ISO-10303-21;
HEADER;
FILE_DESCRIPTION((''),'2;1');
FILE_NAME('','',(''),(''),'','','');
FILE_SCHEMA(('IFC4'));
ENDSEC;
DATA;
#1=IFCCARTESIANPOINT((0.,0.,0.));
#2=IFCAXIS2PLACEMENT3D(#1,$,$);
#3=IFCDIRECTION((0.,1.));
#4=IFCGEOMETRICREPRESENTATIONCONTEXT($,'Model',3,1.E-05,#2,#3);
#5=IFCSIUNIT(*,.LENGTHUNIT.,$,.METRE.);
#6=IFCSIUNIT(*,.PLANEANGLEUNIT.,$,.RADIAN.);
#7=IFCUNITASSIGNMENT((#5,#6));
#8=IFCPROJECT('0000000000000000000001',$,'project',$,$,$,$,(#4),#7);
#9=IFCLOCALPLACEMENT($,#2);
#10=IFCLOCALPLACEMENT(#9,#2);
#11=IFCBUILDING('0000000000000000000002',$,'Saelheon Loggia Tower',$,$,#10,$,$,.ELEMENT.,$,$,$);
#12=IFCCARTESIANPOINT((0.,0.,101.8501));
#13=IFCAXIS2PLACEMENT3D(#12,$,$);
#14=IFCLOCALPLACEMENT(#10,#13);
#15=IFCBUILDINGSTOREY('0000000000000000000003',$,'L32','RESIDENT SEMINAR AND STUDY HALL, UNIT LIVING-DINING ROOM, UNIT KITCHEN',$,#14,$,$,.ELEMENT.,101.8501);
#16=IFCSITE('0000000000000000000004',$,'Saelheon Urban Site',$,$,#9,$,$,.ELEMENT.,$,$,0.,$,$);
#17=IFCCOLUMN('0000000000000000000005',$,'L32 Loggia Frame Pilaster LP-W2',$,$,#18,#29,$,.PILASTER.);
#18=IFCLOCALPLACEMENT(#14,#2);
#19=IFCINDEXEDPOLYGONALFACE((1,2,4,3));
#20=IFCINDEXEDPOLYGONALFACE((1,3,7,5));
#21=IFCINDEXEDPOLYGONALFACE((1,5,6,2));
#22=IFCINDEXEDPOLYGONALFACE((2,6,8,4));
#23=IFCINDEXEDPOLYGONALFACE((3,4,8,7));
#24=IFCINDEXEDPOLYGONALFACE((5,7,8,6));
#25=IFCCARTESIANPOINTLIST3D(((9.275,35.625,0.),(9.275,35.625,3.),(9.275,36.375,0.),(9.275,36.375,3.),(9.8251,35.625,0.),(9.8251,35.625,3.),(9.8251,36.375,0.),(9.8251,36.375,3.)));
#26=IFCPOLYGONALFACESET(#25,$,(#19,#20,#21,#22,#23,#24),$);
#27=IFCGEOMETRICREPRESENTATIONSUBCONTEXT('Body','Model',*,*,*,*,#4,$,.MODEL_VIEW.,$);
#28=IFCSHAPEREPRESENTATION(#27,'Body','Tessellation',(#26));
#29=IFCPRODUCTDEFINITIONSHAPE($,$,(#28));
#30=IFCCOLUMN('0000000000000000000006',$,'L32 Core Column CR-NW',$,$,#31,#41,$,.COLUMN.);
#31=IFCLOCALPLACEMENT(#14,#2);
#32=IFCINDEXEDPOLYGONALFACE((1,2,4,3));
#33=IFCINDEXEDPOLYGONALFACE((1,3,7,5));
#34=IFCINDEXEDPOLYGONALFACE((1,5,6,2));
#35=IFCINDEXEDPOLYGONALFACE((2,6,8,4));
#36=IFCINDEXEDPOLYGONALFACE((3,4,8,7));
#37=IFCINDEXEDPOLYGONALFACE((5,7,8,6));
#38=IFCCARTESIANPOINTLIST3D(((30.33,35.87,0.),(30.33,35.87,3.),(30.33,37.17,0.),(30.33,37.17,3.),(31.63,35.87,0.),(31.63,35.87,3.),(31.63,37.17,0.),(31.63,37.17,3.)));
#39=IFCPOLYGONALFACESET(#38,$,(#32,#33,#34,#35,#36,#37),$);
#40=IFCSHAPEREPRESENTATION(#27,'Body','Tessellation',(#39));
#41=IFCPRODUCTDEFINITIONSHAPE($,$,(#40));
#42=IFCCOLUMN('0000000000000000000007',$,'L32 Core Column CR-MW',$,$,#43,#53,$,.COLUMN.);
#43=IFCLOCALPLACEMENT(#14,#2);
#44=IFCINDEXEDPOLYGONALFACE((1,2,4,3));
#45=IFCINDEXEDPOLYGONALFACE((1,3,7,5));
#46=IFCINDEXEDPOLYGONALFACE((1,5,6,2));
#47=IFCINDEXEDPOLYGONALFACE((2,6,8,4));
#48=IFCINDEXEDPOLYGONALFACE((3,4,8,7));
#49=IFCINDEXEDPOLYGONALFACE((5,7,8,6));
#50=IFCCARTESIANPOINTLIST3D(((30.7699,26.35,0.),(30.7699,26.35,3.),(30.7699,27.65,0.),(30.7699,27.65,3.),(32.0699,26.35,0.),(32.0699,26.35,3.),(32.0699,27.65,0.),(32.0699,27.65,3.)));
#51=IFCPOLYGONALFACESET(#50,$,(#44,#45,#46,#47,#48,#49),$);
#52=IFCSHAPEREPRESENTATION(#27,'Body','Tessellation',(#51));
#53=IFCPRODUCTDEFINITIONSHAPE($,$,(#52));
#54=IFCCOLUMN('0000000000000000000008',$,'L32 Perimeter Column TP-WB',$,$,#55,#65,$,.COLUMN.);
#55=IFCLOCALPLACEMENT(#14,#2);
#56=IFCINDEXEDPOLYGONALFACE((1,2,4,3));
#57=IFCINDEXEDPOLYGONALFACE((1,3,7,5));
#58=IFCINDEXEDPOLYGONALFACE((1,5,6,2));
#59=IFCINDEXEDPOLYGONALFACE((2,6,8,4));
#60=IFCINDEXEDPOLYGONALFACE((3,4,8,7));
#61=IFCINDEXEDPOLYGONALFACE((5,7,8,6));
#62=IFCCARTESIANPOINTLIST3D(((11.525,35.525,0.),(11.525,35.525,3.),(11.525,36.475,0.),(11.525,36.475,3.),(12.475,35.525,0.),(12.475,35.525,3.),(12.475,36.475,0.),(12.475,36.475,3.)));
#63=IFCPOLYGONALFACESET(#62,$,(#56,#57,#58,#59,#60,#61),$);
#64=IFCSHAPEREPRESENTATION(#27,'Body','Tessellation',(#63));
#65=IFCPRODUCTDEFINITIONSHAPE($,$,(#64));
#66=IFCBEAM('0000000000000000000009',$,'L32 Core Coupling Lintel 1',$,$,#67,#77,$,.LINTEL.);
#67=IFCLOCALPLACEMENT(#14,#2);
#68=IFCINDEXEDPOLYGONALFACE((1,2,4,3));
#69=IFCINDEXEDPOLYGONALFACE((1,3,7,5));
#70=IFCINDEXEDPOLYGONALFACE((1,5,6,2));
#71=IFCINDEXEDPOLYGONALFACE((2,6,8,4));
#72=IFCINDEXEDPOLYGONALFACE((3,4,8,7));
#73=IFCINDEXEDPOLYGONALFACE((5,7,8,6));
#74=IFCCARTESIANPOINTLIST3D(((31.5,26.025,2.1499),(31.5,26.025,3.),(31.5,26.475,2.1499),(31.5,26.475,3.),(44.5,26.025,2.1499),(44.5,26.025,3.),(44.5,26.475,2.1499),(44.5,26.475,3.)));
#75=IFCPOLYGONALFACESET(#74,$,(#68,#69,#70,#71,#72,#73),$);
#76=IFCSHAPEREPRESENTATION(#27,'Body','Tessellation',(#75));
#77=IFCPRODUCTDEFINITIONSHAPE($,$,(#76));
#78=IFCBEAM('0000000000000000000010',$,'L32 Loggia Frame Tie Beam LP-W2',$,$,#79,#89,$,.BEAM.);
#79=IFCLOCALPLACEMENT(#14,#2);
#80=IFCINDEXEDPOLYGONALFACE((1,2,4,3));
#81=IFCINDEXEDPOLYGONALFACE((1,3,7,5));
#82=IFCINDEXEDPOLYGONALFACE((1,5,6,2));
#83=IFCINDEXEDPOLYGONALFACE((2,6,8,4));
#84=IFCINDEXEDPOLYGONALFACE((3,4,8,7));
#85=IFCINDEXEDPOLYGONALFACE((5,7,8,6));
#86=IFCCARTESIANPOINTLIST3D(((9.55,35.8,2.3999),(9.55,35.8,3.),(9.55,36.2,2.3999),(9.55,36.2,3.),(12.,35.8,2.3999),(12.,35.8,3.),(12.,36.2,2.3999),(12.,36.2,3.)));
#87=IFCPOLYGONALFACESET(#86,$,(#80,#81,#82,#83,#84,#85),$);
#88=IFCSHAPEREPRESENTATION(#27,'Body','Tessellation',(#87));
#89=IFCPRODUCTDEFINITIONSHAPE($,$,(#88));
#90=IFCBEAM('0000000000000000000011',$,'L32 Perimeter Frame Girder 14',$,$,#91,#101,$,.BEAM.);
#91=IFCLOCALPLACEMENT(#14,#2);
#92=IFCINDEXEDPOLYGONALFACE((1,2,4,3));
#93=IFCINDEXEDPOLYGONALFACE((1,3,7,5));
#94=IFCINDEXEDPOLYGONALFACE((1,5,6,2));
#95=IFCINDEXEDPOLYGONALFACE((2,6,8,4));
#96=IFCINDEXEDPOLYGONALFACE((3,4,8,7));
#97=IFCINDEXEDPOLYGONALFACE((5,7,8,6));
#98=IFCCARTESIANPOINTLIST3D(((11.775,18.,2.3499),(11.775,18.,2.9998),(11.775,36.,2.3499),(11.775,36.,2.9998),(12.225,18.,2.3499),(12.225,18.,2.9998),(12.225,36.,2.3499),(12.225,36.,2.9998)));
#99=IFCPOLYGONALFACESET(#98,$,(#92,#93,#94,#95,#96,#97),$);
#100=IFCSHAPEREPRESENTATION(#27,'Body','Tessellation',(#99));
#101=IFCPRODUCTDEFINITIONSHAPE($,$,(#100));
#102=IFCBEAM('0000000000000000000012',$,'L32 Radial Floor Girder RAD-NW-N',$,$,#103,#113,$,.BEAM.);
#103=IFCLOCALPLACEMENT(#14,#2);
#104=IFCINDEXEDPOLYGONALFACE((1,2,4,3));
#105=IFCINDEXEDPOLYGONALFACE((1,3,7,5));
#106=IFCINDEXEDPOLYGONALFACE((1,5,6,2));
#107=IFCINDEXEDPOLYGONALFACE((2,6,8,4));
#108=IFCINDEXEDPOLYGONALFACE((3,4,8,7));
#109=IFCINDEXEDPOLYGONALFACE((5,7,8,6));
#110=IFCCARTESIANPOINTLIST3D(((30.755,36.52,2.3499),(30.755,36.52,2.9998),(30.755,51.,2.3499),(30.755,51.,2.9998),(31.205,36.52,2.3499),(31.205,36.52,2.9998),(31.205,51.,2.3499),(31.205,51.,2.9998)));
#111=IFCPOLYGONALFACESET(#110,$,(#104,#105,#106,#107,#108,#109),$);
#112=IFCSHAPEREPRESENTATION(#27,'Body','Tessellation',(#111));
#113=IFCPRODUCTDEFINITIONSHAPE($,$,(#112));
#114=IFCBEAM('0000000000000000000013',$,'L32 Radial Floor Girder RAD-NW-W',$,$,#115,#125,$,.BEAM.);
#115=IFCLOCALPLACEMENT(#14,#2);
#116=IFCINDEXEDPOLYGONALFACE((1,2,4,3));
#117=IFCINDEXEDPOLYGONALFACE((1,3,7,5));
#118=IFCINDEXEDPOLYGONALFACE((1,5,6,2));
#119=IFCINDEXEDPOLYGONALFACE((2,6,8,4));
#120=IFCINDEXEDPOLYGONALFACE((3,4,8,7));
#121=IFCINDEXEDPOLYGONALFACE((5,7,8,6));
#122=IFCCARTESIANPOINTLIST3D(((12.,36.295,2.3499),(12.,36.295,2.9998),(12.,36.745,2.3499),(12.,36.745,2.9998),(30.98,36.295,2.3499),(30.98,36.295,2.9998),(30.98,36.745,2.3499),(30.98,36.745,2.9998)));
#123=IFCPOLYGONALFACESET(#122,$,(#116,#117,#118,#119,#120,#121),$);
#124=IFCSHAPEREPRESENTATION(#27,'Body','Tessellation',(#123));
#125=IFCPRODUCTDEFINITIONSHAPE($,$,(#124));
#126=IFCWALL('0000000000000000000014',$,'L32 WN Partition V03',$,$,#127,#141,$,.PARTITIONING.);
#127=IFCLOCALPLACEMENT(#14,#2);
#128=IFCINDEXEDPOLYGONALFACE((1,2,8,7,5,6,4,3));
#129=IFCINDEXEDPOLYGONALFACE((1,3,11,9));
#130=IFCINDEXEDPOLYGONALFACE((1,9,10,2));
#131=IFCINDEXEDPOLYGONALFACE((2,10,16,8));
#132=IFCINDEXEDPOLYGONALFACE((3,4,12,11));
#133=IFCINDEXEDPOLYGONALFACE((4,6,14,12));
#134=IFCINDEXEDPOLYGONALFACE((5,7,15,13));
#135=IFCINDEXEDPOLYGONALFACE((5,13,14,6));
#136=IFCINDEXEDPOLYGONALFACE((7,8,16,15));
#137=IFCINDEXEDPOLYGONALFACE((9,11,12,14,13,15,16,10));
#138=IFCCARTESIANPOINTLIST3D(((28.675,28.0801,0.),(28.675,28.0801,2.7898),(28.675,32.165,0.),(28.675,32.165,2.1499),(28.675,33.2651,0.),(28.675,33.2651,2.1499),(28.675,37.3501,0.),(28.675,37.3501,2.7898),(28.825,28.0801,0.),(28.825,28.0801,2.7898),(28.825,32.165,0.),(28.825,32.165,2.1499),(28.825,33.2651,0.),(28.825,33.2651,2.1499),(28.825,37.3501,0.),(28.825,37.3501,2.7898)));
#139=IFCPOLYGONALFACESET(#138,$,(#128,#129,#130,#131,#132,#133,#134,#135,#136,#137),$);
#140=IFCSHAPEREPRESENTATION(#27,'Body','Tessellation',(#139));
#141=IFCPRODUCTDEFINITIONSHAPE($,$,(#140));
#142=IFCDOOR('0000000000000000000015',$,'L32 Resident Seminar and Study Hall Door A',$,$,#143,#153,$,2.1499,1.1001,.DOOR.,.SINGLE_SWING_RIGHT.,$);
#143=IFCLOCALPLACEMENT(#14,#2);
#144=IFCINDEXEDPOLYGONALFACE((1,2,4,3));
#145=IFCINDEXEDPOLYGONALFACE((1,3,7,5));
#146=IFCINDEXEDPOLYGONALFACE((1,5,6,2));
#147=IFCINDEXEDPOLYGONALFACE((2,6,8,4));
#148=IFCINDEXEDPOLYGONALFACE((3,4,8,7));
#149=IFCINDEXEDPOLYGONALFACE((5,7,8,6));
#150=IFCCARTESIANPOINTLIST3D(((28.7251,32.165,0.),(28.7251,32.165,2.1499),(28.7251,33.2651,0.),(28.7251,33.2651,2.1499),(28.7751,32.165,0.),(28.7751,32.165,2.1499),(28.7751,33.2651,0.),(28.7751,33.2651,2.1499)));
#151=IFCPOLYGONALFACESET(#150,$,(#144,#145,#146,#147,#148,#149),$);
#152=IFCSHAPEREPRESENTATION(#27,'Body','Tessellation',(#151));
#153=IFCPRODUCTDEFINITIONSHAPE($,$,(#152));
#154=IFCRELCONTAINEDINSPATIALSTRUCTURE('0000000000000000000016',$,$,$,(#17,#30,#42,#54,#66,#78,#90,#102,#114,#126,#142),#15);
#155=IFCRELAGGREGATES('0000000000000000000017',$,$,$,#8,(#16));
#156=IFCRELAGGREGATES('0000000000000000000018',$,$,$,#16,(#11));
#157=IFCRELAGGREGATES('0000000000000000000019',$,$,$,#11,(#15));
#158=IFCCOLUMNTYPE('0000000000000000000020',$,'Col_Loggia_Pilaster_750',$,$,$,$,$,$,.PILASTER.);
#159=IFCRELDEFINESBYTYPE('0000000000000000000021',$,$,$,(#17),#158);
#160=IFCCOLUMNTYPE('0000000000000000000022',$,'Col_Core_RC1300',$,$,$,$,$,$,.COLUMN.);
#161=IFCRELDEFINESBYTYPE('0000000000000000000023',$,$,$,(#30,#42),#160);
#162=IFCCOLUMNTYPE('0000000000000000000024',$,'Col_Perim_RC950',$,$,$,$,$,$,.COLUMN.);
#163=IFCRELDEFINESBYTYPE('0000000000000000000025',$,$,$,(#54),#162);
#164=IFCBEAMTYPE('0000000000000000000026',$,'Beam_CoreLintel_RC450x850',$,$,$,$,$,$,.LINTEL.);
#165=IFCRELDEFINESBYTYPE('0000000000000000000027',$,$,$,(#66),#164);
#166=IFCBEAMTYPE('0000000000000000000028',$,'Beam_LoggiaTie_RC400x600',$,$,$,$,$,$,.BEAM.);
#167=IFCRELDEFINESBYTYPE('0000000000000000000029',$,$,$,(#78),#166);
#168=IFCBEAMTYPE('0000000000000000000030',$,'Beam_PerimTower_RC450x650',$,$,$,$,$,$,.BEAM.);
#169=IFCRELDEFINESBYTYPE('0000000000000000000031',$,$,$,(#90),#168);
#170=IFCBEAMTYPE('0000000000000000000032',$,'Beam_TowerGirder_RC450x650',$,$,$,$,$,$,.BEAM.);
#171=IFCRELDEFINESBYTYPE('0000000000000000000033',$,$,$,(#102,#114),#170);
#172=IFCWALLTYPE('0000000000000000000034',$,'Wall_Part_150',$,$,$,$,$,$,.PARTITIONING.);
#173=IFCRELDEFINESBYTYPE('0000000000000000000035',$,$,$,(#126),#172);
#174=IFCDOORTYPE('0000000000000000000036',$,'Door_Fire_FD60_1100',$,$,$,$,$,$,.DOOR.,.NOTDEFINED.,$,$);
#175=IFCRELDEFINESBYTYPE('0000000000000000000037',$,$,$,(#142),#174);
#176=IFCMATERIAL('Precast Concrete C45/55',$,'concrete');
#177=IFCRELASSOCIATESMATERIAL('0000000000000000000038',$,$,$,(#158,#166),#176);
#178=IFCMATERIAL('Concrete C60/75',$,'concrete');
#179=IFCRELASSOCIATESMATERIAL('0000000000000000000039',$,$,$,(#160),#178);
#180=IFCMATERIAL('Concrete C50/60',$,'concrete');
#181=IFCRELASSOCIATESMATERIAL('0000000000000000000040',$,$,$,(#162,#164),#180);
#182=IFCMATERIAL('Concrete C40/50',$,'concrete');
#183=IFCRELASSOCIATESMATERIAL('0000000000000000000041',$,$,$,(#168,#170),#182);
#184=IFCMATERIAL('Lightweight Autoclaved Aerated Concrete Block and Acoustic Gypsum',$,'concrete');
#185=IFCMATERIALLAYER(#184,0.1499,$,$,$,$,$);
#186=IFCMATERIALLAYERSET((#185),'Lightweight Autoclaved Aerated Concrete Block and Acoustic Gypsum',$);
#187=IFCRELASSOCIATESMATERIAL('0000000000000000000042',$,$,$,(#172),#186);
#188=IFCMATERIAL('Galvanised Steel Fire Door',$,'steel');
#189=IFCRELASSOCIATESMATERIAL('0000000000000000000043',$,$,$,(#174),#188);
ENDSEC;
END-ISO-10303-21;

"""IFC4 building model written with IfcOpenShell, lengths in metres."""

from ifc_helpers import new_model, si_unit, direction, frame, frame_2d, origin, origin_2d, place, context, subcontext, project, spatial, rectangle, extrude, source, transform, mapped, material, layer, layer_set, material_profile, profile_set, type_object, element, fill, save


model = new_model("IFC4")

# Units and contexts
model_context = context("Model", 3, precision=1e-05, world=origin(), true_north=direction((0.0, 1.0)))
body_context = subcontext(model_context, "Body", "Model", "MODEL_VIEW")
ifc_project = project(units=[si_unit("LENGTHUNIT", "METRE"), si_unit("PLANEANGLEUNIT", "RADIAN")], contexts=[model_context])

# Site, building, storey
site_placement = place(None, origin())
site = spatial("IfcSite", under=ifc_project, at=site_placement, Name="Saelheon Urban Site", CompositionType="ELEMENT", RefElevation=0.0)
building_placement = place(site_placement, origin())
building = spatial("IfcBuilding", under=site, at=building_placement, Name="Saelheon Loggia Tower", CompositionType="ELEMENT")
storey_placement = place(building_placement, frame((0.0, 0.0, 101.8501)))
storey = spatial("IfcBuildingStorey", under=building, at=storey_placement, Name="L32", Description="RESIDENT SEMINAR AND STUDY HALL, UNIT LIVING-DINING ROOM, UNIT KITCHEN", CompositionType="ELEMENT", Elevation=101.8501)

# Columns
ifc_material_1 = material(Name="Precast Concrete C45/55", Category="concrete")
ifc_material_profile_1 = material_profile(ifc_material_1, rectangle(XDim=0.55, YDim=0.75, at=origin_2d()), Name="RC-550x750")
ifc_profile_set_1 = profile_set([ifc_material_profile_1], Name="Precast Concrete C45/55")
column_type_1 = type_object("IfcColumnType", Name="Col_Loggia_Pilaster_750", PredefinedType="PILASTER", material=ifc_profile_set_1)
shared_shape_1 = source(origin(), body_context, "Body", "SweptSolid", [
    extrude(rectangle(XDim=0.55, YDim=0.75, at=origin_2d()), origin(), (0.0, 0.0, 1.0), 3.0),
])
column_1_placement = place(storey_placement, frame((9.55, 36.0, 0.0), z_axis=(0.0, 0.0, 1.0), x_axis=(1.0, 0.0, 0.0)))
element("IfcColumn", 1, at=column_1_placement, inside=storey, type_object=column_type_1, Name="L32 Loggia Frame Pilaster LP-W2", PredefinedType="PILASTER", context=body_context, shape_type="MappedRepresentation", body=[
    mapped(shared_shape_1, transform((0.0, 0.0, 0.0), scale=1.0)),
])
ifc_material_2 = material(Name="Concrete C60/75", Category="concrete")
ifc_material_profile_2 = material_profile(ifc_material_2, rectangle(XDim=1.3, YDim=1.3, at=origin_2d()), Name="RC-1300x1300")
ifc_profile_set_2 = profile_set([ifc_material_profile_2], Name="Concrete C60/75")
column_type_2 = type_object("IfcColumnType", Name="Col_Core_RC1300", PredefinedType="COLUMN", material=ifc_profile_set_2)
shared_shape_2 = source(origin(), body_context, "Body", "SweptSolid", [
    extrude(rectangle(XDim=1.3, YDim=1.3, at=origin_2d()), origin(), (0.0, 0.0, 1.0), 3.0),
])
for number, where, z_axis, x_axis, name in (
    (2, (30.98, 36.52, 0.0), (0.0, 0.0, 1.0), (1.0, 0.0, 0.0), "L32 Core Column CR-NW"),
    (3, (31.4199, 27.0, 0.0), (0.0, 0.0, 1.0), (1.0, 0.0, 0.0), "L32 Core Column CR-MW"),
):
    element("IfcColumn", number, at=place(storey_placement, frame(where, z_axis=z_axis, x_axis=x_axis)), inside=storey, type_object=column_type_2, Name=name, PredefinedType="COLUMN", context=body_context, shape_type="MappedRepresentation", body=[
        mapped(shared_shape_2, transform((0.0, 0.0, 0.0), scale=1.0)),
    ])
ifc_material_3 = material(Name="Concrete C50/60", Category="concrete")
ifc_material_profile_3 = material_profile(ifc_material_3, rectangle(XDim=0.95, YDim=0.95, at=origin_2d()), Name="RC-950x950")
ifc_profile_set_3 = profile_set([ifc_material_profile_3], Name="Concrete C50/60")
column_type_3 = type_object("IfcColumnType", Name="Col_Perim_RC950", PredefinedType="COLUMN", material=ifc_profile_set_3)
shared_shape_3 = source(origin(), body_context, "Body", "SweptSolid", [
    extrude(rectangle(XDim=0.95, YDim=0.95, at=origin_2d()), origin(), (0.0, 0.0, 1.0), 3.0),
])
column_2_placement = place(storey_placement, frame((12.0, 36.0, 0.0), z_axis=(0.0, 0.0, 1.0), x_axis=(1.0, 0.0, 0.0)))
element("IfcColumn", 4, at=column_2_placement, inside=storey, type_object=column_type_3, Name="L32 Perimeter Column TP-WB", PredefinedType="COLUMN", context=body_context, shape_type="MappedRepresentation", body=[
    mapped(shared_shape_3, transform((0.0, 0.0, 0.0), scale=1.0)),
])

# Beams
ifc_material_profile_4 = material_profile(ifc_material_3, rectangle(XDim=0.45, YDim=0.8501, at=origin_2d()), Name="RC-450x850")
ifc_profile_set_4 = profile_set([ifc_material_profile_4], Name="Concrete C50/60")
beam_type_1 = type_object("IfcBeamType", Name="Beam_CoreLintel_RC450x850", PredefinedType="LINTEL", material=ifc_profile_set_4)
shared_shape_4 = source(origin(), body_context, "Body", "SweptSolid", [
    extrude(rectangle(XDim=0.45, YDim=0.8501, at=origin_2d()), origin(), (0.0, 0.0, 1.0), 13.0),
])
beam_1_placement = place(storey_placement, frame((31.5, 26.25, 2.575), z_axis=(1.0, 0.0, 0.0), x_axis=(0.0, 1.0, 0.0)))
element("IfcBeam", 5, at=beam_1_placement, inside=storey, type_object=beam_type_1, Name="L32 Core Coupling Lintel 1", PredefinedType="LINTEL", context=body_context, shape_type="MappedRepresentation", body=[
    mapped(shared_shape_4, transform((0.0, 0.0, 0.0), scale=1.0)),
])
ifc_material_profile_5 = material_profile(ifc_material_1, rectangle(XDim=0.3999, YDim=0.6001, at=origin_2d()), Name="RC-400x600")
ifc_profile_set_5 = profile_set([ifc_material_profile_5], Name="Precast Concrete C45/55")
beam_type_2 = type_object("IfcBeamType", Name="Beam_LoggiaTie_RC400x600", PredefinedType="BEAM", material=ifc_profile_set_5)
shared_shape_5 = source(origin(), body_context, "Body", "SweptSolid", [
    extrude(rectangle(XDim=0.3999, YDim=0.6001, at=origin_2d()), origin(), (0.0, 0.0, 1.0), 2.45),
])
beam_2_placement = place(storey_placement, frame((12.0, 36.0, 2.7), z_axis=(-1.0, 0.0, 0.0), x_axis=(0.0, -1.0, 0.0)))
element("IfcBeam", 6, at=beam_2_placement, inside=storey, type_object=beam_type_2, Name="L32 Loggia Frame Tie Beam LP-W2", PredefinedType="BEAM", context=body_context, shape_type="MappedRepresentation", body=[
    mapped(shared_shape_5, transform((0.0, 0.0, 0.0), scale=1.0)),
])
ifc_material_4 = material(Name="Concrete C40/50", Category="concrete")
ifc_material_profile_6 = material_profile(ifc_material_4, rectangle(XDim=0.45, YDim=0.6499, at=origin_2d()), Name="RC-450x650")
ifc_profile_set_6 = profile_set([ifc_material_profile_6], Name="Concrete C40/50")
beam_type_3 = type_object("IfcBeamType", Name="Beam_PerimTower_RC450x650", PredefinedType="BEAM", material=ifc_profile_set_6)
shared_shape_6 = source(origin(), body_context, "Body", "SweptSolid", [
    extrude(rectangle(XDim=0.45, YDim=0.6499, at=origin_2d()), origin(), (0.0, 0.0, 1.0), 18.0),
])
beam_3_placement = place(storey_placement, frame((12.0, 36.0, 2.6748), z_axis=(0.0, -1.0, 0.0), x_axis=(1.0, 0.0, 0.0)))
element("IfcBeam", 7, at=beam_3_placement, inside=storey, type_object=beam_type_3, Name="L32 Perimeter Frame Girder 14", PredefinedType="BEAM", context=body_context, shape_type="MappedRepresentation", body=[
    mapped(shared_shape_6, transform((0.0, 0.0, 0.0), scale=1.0)),
])
ifc_material_profile_7 = material_profile(ifc_material_4, rectangle(XDim=0.45, YDim=0.6499, at=origin_2d()), Name="RC-450x650")
ifc_profile_set_7 = profile_set([ifc_material_profile_7], Name="Concrete C40/50")
beam_type_4 = type_object("IfcBeamType", Name="Beam_TowerGirder_RC450x650", PredefinedType="BEAM", material=ifc_profile_set_7)
shared_shape_7 = source(origin(), body_context, "Body", "SweptSolid", [
    extrude(rectangle(XDim=0.45, YDim=0.6499, at=origin_2d()), origin(), (0.0, 0.0, 1.0), 14.48),
])
beam_4_placement = place(storey_placement, frame((30.98, 36.52, 2.6748), z_axis=(0.0, 1.0, 0.0), x_axis=(-1.0, 0.0, 0.0)))
element("IfcBeam", 8, at=beam_4_placement, inside=storey, type_object=beam_type_4, Name="L32 Radial Floor Girder RAD-NW-N", PredefinedType="BEAM", context=body_context, shape_type="MappedRepresentation", body=[
    mapped(shared_shape_7, transform((0.0, 0.0, 0.0), scale=1.0)),
])
shared_shape_8 = source(origin(), body_context, "Body", "SweptSolid", [
    extrude(rectangle(XDim=0.45, YDim=0.6499, at=origin_2d()), origin(), (0.0, 0.0, 1.0), 18.98),
])
beam_5_placement = place(storey_placement, frame((30.98, 36.52, 2.6748), z_axis=(-1.0, 0.0, 0.0), x_axis=(0.0, -1.0, 0.0)))
element("IfcBeam", 9, at=beam_5_placement, inside=storey, type_object=beam_type_4, Name="L32 Radial Floor Girder RAD-NW-W", PredefinedType="BEAM", context=body_context, shape_type="MappedRepresentation", body=[
    mapped(shared_shape_8, transform((0.0, 0.0, 0.0), scale=1.0)),
])

# Wall, opening, door
ifc_material_5 = material(Name="Lightweight Autoclaved Aerated Concrete Block and Acoustic Gypsum", Category="concrete")
ifc_layer_1 = layer(ifc_material_5, 0.1499)
ifc_layer_set_1 = layer_set([ifc_layer_1], Name="Lightweight Autoclaved Aerated Concrete Block and Acoustic Gypsum")
wall_type_1 = type_object("IfcWallType", Name="Wall_Part_150", PredefinedType="PARTITIONING", material=ifc_layer_set_1)
wall_1_placement = place(storey_placement, frame((28.75, 28.0801, 0.0), z_axis=(0.0, 0.0, 1.0), x_axis=(0.0, 1.0, 0.0)))
wall_1 = element("IfcWall", 10, at=wall_1_placement, inside=storey, type_object=wall_type_1, Name="L32 WN Partition V03", PredefinedType="PARTITIONING", context=body_context, shape_type="SweptSolid", body=[
    extrude(rectangle(XDim=9.27, YDim=0.1499, at=frame_2d((4.635, 0.0))), origin(), (0.0, 0.0, 1.0), 2.7898),
])
opening_placement = place(wall_1_placement, frame((4.085, 0.0, 0.0)))
opening = element("IfcOpeningElement", 11, at=opening_placement, cuts=wall_1, PredefinedType="OPENING", context=body_context, shape_type="SweptSolid", body=[
    extrude(rectangle(XDim=1.1001, YDim=2.1499, at=frame_2d((0.55, 1.075))), frame((0.0, 0.0869, 0.0), z_axis=(0.0, -1.0, 0.0), x_axis=(1.0, 0.0, 0.0)), (0.0, 0.0, 1.0), 0.1738),
])
ifc_material_6 = material(Name="Galvanised Steel Fire Door", Category="steel")
door_type = type_object("IfcDoorType", Name="Door_Fire_FD60_1100", OperationType="NOTDEFINED", PredefinedType="DOOR", material=ifc_material_6)
shared_shape_9 = source(origin(), body_context, "Body", "SweptSolid", [
    extrude(rectangle(XDim=1.1001, YDim=2.1499, at=frame_2d((0.55, 1.075))), frame((0.0, 0.0249, 0.0), z_axis=(0.0, -1.0, 0.0), x_axis=(1.0, 0.0, 0.0)), (0.0, 0.0, 1.0), 0.05),
])
door_placement = place(opening_placement, origin())
door = element("IfcDoor", 12, at=door_placement, inside=storey, type_object=door_type, Name="L32 Resident Seminar and Study Hall Door A", OperationType="SINGLE_SWING_RIGHT", OverallHeight=2.1499, OverallWidth=1.1001, PredefinedType="DOOR", context=body_context, shape_type="MappedRepresentation", body=[
    mapped(shared_shape_9, transform((0.0, 0.0, 0.0), scale=1.0)),
])
fill(opening, door)

save(model, "model.ifc")
